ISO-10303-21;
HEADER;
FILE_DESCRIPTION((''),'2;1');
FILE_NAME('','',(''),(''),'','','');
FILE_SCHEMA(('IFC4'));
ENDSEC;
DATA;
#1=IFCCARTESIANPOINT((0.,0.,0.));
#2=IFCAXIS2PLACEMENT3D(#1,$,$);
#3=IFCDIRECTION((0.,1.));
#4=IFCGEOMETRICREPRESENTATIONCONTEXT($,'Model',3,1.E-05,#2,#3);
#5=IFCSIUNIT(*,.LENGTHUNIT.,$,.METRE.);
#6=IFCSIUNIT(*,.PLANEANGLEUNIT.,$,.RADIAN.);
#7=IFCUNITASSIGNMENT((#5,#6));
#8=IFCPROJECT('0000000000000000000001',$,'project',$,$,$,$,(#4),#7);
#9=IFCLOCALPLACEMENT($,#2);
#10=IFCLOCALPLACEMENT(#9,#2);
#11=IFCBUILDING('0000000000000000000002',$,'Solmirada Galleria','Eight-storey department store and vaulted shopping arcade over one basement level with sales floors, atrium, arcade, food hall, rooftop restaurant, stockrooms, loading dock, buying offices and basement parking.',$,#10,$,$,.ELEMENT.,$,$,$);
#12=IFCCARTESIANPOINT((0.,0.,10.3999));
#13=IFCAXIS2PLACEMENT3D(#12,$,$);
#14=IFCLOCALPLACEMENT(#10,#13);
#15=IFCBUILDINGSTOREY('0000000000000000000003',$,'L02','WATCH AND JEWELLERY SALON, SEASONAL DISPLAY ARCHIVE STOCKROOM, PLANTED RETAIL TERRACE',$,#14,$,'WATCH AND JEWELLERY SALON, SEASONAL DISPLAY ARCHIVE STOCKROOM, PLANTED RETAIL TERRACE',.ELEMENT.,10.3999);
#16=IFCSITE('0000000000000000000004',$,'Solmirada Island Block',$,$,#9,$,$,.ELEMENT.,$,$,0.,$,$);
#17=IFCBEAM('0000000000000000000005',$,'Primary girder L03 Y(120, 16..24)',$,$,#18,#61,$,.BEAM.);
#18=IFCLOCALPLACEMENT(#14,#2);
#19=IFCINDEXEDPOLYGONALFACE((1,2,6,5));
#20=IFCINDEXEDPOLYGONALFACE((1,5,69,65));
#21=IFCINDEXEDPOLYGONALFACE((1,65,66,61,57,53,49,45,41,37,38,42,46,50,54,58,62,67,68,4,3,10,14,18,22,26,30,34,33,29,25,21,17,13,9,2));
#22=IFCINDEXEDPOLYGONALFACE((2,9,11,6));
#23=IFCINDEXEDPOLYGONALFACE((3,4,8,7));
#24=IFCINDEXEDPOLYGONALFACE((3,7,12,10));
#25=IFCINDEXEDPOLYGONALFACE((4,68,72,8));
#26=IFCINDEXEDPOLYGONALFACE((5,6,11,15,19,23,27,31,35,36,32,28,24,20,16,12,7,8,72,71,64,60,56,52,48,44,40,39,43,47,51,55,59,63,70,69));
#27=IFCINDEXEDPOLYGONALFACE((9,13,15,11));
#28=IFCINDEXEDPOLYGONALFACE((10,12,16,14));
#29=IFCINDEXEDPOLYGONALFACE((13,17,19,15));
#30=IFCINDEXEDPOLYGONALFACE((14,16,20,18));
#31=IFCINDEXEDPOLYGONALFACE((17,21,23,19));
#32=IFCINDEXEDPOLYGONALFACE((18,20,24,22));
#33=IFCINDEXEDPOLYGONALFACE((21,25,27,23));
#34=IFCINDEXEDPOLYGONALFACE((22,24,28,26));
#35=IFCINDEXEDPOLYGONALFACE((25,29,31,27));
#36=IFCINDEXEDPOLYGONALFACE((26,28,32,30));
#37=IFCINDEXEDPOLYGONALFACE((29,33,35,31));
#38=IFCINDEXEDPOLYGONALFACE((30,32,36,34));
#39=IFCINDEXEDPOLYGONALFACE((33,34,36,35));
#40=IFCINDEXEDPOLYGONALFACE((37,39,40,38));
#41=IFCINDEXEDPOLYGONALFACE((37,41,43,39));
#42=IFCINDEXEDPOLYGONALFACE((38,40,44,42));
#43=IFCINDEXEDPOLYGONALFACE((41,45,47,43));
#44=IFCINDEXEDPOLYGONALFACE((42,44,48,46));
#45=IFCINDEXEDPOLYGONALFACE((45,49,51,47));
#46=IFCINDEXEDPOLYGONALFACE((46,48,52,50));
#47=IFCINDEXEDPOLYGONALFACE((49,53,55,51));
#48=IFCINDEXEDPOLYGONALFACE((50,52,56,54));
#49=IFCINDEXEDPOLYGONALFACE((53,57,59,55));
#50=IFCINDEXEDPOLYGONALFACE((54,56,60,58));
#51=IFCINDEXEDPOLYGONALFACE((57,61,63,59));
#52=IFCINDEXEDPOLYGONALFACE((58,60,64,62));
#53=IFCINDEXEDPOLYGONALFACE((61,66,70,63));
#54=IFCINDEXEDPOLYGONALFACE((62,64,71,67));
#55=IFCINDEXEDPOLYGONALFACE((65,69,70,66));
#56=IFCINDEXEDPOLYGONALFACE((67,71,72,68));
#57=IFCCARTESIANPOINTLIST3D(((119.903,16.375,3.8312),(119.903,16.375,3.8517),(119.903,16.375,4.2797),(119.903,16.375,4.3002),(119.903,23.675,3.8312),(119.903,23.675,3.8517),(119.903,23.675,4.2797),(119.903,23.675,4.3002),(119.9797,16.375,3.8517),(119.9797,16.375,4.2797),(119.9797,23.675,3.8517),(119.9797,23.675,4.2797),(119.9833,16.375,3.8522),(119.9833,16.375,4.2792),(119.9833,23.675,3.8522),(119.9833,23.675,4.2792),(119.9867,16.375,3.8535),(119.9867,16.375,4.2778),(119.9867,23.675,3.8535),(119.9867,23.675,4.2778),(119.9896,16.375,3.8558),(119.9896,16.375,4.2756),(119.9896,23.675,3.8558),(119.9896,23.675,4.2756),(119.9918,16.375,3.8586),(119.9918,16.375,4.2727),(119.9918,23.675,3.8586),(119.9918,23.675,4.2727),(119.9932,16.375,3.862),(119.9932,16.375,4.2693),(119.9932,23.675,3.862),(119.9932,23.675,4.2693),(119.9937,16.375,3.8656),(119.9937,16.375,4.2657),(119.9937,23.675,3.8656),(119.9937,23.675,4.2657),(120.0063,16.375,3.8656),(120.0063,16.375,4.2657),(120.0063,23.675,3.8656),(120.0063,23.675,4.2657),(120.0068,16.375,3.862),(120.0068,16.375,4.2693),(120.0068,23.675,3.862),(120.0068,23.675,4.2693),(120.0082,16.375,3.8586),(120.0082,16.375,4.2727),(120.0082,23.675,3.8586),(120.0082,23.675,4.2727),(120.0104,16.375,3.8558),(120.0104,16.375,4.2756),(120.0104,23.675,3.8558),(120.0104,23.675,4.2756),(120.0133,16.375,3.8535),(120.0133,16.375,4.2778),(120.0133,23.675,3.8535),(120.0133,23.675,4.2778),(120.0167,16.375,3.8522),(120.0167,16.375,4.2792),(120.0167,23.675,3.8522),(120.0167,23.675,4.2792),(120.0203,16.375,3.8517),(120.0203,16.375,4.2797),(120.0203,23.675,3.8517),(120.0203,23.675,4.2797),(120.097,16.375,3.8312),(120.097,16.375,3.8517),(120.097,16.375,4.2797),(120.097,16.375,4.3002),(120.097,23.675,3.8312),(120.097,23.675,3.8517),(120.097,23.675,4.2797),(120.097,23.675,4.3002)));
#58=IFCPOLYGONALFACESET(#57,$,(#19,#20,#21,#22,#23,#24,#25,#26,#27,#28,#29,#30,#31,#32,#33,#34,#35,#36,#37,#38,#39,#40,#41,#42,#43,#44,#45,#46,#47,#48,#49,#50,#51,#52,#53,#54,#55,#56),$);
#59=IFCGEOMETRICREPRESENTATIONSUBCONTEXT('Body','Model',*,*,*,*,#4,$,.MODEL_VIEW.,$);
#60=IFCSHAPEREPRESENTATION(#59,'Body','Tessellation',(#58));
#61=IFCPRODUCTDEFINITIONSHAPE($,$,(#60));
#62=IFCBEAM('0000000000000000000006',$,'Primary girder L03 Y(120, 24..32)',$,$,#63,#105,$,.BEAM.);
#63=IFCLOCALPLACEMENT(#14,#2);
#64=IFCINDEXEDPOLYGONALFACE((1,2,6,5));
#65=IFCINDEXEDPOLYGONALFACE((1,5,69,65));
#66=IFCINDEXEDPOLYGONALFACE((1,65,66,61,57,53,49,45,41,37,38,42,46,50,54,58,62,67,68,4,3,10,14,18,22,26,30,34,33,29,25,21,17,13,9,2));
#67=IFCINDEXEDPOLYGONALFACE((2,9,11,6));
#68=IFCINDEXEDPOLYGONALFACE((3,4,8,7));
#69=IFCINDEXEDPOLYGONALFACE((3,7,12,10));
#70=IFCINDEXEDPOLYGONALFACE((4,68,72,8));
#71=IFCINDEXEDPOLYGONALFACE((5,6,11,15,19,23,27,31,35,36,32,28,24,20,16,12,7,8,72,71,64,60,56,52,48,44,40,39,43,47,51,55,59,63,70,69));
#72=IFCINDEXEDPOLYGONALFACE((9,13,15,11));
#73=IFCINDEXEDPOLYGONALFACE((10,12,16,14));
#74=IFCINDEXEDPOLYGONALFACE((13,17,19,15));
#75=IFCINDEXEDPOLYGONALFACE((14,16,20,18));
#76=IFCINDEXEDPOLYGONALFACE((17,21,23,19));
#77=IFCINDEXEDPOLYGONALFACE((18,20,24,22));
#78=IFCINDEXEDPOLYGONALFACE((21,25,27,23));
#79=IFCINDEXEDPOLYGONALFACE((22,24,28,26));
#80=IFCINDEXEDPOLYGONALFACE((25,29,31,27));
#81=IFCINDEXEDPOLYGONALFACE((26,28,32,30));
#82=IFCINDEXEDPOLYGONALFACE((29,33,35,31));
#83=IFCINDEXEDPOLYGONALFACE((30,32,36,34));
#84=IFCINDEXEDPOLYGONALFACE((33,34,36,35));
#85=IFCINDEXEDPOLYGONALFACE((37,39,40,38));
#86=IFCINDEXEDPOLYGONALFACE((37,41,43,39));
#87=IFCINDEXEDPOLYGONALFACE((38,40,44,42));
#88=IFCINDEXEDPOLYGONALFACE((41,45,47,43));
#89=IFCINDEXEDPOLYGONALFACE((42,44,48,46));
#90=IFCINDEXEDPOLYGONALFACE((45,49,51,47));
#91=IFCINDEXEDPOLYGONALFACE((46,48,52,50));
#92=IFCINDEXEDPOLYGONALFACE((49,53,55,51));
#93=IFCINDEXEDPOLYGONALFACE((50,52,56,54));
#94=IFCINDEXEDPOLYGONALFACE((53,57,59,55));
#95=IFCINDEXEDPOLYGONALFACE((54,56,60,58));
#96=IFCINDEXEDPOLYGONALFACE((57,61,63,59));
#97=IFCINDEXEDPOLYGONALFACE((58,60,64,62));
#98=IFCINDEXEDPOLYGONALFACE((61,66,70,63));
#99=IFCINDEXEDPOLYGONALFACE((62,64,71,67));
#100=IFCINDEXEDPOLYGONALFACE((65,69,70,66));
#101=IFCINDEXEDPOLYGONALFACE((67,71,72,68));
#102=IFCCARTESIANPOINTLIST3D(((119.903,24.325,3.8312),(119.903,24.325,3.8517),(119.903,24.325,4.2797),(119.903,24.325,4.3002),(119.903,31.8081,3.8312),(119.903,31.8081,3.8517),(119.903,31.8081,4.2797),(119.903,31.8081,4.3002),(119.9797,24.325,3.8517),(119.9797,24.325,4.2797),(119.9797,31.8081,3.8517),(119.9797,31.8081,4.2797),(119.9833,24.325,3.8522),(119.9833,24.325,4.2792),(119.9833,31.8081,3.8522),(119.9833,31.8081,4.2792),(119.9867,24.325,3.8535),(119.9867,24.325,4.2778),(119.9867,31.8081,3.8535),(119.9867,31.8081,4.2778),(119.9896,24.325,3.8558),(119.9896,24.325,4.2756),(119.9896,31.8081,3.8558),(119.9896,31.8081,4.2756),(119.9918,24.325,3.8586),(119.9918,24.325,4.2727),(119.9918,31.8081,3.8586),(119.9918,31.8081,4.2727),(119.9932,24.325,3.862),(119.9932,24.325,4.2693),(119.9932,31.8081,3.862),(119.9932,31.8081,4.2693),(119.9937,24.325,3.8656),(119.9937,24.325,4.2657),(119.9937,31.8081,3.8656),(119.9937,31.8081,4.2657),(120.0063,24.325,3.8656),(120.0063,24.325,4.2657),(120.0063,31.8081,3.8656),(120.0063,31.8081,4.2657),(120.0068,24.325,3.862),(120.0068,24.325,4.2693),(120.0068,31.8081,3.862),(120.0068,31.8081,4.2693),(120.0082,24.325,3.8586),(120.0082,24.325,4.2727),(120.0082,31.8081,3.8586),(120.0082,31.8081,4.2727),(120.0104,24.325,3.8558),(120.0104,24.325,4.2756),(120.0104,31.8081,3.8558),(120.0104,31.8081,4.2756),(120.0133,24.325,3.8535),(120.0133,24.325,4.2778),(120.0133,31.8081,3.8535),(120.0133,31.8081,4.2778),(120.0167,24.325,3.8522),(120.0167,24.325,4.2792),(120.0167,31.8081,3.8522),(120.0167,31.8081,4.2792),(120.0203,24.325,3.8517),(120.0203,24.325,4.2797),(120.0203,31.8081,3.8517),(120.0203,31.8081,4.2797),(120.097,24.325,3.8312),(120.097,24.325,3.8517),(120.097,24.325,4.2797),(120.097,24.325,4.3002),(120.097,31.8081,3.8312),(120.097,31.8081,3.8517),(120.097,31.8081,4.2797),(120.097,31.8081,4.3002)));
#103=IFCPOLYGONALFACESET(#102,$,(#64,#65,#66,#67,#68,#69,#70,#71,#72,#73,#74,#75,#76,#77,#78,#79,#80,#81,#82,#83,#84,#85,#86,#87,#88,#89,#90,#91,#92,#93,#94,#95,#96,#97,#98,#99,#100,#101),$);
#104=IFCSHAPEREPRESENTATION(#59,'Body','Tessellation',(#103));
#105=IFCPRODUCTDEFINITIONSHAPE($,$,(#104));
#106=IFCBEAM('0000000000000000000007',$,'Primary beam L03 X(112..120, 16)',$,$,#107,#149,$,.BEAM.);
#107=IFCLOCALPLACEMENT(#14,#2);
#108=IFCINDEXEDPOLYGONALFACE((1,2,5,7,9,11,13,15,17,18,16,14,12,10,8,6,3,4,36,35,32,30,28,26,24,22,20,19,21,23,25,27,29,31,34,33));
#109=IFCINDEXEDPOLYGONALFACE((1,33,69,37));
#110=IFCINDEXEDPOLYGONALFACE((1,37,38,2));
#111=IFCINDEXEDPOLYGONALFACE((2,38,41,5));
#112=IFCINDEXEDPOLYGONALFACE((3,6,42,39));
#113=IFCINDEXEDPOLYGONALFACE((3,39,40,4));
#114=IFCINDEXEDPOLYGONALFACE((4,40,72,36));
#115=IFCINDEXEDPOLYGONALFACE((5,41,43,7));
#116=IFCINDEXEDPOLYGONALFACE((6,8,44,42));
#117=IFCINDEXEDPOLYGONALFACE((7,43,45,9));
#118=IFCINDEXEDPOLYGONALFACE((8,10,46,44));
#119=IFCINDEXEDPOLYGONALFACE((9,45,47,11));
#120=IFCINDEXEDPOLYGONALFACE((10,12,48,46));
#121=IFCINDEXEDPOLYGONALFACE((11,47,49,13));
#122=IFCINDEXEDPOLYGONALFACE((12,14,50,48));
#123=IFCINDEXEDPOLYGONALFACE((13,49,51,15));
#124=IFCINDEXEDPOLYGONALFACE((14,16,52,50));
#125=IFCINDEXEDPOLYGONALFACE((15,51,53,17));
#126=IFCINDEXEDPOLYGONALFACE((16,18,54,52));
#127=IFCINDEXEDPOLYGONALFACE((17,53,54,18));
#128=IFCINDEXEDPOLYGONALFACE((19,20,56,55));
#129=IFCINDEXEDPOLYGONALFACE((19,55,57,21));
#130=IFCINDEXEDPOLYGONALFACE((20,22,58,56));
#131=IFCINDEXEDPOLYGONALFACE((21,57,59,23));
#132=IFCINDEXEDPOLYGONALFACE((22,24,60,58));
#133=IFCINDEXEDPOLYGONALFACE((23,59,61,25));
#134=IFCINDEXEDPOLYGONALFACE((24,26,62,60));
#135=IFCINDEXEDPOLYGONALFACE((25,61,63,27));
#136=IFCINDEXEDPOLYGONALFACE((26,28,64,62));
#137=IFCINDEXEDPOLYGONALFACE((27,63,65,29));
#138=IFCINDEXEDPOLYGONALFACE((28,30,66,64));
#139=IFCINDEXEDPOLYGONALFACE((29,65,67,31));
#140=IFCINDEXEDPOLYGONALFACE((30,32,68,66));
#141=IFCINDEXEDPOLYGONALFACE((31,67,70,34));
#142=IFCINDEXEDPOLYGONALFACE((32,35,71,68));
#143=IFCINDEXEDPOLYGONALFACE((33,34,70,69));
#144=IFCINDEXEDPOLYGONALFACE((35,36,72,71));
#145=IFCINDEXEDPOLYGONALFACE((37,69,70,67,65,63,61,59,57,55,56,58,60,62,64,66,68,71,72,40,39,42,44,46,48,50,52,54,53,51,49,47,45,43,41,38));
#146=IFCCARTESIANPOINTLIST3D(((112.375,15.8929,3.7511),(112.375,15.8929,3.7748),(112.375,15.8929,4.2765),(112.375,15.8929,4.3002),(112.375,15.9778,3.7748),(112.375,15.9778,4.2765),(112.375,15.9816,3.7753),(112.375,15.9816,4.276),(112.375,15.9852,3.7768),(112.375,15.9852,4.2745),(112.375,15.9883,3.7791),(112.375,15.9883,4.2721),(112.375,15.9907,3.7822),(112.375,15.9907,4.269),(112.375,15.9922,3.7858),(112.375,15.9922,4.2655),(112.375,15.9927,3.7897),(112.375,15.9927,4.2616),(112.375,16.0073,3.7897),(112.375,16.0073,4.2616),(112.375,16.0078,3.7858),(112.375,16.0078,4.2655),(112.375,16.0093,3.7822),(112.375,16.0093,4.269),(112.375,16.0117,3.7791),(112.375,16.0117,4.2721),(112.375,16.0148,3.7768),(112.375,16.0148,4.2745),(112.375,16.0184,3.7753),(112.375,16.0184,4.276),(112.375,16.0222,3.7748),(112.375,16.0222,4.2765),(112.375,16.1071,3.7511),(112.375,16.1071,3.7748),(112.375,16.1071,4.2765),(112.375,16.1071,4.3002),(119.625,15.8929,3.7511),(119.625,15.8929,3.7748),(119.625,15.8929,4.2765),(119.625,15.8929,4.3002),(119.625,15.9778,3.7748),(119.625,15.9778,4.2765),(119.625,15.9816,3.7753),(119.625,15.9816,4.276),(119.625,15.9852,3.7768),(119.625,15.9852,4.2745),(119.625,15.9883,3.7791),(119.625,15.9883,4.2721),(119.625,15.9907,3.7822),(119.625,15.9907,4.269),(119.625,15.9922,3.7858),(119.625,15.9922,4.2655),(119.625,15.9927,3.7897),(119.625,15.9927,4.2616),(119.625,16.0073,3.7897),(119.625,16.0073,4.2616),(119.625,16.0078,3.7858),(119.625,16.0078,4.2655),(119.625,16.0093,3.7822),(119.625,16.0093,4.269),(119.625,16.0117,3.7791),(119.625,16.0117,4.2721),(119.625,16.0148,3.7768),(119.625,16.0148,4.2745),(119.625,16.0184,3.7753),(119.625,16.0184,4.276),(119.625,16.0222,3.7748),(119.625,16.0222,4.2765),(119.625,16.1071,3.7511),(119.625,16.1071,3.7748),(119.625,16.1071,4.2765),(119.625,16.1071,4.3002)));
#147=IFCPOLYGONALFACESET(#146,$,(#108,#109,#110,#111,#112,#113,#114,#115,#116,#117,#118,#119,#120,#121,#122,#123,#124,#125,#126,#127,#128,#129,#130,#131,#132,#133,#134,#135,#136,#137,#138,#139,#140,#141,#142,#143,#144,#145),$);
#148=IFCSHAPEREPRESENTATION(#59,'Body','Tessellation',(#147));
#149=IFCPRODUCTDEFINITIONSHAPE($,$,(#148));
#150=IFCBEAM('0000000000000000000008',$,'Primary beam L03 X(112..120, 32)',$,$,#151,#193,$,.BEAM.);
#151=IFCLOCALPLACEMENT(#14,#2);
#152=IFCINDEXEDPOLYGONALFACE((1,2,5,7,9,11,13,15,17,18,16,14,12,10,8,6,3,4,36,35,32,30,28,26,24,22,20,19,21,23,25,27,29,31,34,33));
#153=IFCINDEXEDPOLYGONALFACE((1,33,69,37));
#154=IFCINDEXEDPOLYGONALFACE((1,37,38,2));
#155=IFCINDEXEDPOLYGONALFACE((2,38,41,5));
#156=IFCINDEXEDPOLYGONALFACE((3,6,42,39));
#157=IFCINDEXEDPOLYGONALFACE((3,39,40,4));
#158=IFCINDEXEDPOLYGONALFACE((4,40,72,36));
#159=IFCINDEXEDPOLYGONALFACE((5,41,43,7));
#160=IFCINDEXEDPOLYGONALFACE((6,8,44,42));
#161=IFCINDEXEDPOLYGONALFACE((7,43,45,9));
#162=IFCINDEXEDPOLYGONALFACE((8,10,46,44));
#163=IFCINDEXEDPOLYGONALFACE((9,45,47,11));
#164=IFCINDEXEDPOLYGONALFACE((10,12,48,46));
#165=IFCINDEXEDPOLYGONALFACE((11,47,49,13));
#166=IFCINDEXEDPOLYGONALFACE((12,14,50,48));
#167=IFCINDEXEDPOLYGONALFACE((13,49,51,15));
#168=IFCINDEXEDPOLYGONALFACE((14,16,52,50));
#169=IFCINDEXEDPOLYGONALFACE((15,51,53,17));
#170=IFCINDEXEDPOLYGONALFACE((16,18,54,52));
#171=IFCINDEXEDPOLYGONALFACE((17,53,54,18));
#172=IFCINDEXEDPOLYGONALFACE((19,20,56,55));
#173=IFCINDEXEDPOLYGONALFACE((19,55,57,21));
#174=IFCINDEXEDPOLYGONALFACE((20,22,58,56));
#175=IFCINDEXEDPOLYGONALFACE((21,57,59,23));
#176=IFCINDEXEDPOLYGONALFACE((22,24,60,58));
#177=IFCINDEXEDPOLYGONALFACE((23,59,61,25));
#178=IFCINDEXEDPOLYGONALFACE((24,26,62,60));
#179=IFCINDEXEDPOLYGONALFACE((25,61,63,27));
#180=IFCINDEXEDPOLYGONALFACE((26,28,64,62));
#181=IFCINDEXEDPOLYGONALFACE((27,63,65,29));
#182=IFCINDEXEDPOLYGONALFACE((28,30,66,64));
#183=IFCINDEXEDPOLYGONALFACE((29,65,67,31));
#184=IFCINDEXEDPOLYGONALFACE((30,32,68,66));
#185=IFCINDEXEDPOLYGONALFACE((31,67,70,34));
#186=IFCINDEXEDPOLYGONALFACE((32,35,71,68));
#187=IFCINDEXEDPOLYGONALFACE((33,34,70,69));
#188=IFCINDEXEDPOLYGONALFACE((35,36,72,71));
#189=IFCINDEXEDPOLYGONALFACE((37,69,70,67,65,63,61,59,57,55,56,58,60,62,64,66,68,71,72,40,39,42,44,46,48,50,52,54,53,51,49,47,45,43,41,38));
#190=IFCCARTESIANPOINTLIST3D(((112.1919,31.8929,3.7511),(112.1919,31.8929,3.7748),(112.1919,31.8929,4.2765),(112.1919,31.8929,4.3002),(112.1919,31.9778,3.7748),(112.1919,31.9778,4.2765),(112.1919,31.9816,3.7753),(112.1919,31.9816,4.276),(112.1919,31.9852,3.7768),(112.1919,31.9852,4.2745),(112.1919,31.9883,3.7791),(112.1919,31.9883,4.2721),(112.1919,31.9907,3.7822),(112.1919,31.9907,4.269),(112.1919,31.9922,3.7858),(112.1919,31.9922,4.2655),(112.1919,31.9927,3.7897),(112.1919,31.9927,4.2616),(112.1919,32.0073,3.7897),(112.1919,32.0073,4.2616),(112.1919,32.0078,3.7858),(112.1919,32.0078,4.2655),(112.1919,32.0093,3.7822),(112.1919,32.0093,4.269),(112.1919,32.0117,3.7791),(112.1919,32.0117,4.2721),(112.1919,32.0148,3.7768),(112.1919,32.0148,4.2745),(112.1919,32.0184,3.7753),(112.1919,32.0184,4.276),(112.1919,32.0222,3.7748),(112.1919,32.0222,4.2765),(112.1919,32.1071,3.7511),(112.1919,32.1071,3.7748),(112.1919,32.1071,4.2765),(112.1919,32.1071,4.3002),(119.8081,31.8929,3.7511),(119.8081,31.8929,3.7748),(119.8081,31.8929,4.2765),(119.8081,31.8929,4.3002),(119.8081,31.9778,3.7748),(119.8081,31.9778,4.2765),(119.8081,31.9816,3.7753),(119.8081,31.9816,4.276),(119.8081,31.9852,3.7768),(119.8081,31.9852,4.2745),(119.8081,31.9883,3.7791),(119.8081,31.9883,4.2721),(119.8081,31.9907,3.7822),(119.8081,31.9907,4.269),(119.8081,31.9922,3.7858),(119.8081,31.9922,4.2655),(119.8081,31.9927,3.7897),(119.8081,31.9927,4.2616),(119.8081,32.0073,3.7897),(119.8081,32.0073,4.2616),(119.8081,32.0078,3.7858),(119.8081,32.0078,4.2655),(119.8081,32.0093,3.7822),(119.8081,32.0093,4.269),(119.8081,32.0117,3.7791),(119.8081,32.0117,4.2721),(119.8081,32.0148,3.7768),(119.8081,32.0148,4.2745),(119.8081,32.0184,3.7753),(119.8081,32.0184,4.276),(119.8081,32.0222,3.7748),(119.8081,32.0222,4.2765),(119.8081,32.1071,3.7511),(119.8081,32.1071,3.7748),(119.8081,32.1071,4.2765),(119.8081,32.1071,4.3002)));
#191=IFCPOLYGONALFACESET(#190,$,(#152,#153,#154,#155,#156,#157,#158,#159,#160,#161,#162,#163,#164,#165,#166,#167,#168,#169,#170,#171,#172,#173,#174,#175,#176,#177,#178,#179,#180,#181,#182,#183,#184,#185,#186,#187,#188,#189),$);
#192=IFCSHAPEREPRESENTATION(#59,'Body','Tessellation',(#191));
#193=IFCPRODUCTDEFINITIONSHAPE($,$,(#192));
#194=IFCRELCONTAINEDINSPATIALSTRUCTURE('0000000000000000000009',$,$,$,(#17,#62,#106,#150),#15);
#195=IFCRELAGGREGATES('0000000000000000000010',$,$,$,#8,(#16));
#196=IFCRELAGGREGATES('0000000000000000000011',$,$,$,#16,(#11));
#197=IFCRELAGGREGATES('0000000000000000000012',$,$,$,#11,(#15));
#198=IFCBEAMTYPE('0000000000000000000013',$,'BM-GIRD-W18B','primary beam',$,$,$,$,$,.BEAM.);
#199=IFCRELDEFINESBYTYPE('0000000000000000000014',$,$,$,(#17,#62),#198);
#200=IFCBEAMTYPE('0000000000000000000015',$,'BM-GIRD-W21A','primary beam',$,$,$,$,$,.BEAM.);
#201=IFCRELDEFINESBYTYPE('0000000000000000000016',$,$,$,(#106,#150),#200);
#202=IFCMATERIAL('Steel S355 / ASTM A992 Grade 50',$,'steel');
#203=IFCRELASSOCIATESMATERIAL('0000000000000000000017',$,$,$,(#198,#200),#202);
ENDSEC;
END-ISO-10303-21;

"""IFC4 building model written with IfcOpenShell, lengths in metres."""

from ifc_helpers import new_model, si_unit, direction, frame, origin, origin_2d, place, context, subcontext, project, spatial, i_section, extrude, material, material_profile, profile_set, type_object, element, save


model = new_model("IFC4")

# Units and contexts
model_context = context("Model", 3, precision=1e-05, world=origin(), true_north=direction((0.0, 1.0)))
body_context = subcontext(model_context, "Body", "Model", "MODEL_VIEW")
ifc_project = project(units=[si_unit("LENGTHUNIT", "METRE"), si_unit("PLANEANGLEUNIT", "RADIAN")], contexts=[model_context])

# Site, building, storey
site_placement = place(None, origin())
site = spatial("IfcSite", under=ifc_project, at=site_placement, Name="Solmirada Island Block", CompositionType="ELEMENT", RefElevation=0.0)
building_placement = place(site_placement, origin())
building = spatial("IfcBuilding", under=site, at=building_placement, Name="Solmirada Galleria", Description="Eight-storey department store and vaulted shopping arcade over one basement level with sales floors, atrium, arcade, food hall, rooftop restaurant, stockrooms, loading dock, buying offices and basement parking.", CompositionType="ELEMENT")
storey_placement = place(building_placement, frame((0.0, 0.0, 10.3999)))
storey = spatial("IfcBuildingStorey", under=building, at=storey_placement, Name="L02", Description="WATCH AND JEWELLERY SALON, SEASONAL DISPLAY ARCHIVE STOCKROOM, PLANTED RETAIL TERRACE", LongName="WATCH AND JEWELLERY SALON, SEASONAL DISPLAY ARCHIVE STOCKROOM, PLANTED RETAIL TERRACE", CompositionType="ELEMENT", Elevation=10.3999)

# Beams
ifc_material_1 = material(Name="Steel S355 / ASTM A992 Grade 50", Category="steel")
ifc_material_profile_1 = material_profile(ifc_material_1, i_section(OverallWidth=0.1941, OverallDepth=0.469, WebThickness=0.0127, FlangeThickness=0.0205, FilletRadius=0.0139, at=origin_2d()), Name="W18X71")
ifc_profile_set_1 = profile_set([ifc_material_profile_1], Name="Steel S355 / ASTM A992 Grade 50")
beam_type_1 = type_object("IfcBeamType", Name="BM-GIRD-W18B", Description="primary beam", PredefinedType="BEAM", material=ifc_profile_set_1)
beam_1_placement = place(storey_placement, frame((120.0, 16.375, 4.0657), z_axis=(0.0, 1.0, 0.0), x_axis=(-1.0, 0.0, 0.0)))
element("IfcBeam", 1, at=beam_1_placement, inside=storey, type_object=beam_type_1, Name="Primary girder L03 Y(120, 16..24)", PredefinedType="BEAM", context=body_context, shape_type="SweptSolid", body=[
    extrude(i_section(OverallWidth=0.1941, OverallDepth=0.469, WebThickness=0.0127, FlangeThickness=0.0205, FilletRadius=0.0139, at=origin_2d()), origin(), (0.0, 0.0, 1.0), 7.3),
])
beam_2_placement = place(storey_placement, frame((120.0, 24.325, 4.0657), z_axis=(0.0, 1.0, 0.0), x_axis=(-1.0, 0.0, 0.0)))
element("IfcBeam", 2, at=beam_2_placement, inside=storey, type_object=beam_type_1, Name="Primary girder L03 Y(120, 24..32)", PredefinedType="BEAM", context=body_context, shape_type="SweptSolid", body=[
    extrude(i_section(OverallWidth=0.1941, OverallDepth=0.469, WebThickness=0.0127, FlangeThickness=0.0205, FilletRadius=0.0139, at=origin_2d()), origin(), (0.0, 0.0, 1.0), 7.4832),
])
ifc_material_profile_2 = material_profile(ifc_material_1, i_section(OverallWidth=0.2141, OverallDepth=0.5491, WebThickness=0.0146, FlangeThickness=0.0237, FilletRadius=0.0149, at=origin_2d()), Name="W21X93")
ifc_profile_set_2 = profile_set([ifc_material_profile_2], Name="Steel S355 / ASTM A992 Grade 50")
beam_type_2 = type_object("IfcBeamType", Name="BM-GIRD-W21A", Description="primary beam", PredefinedType="BEAM", material=ifc_profile_set_2)
beam_3_placement = place(storey_placement, frame((112.375, 16.0, 4.0256), z_axis=(1.0, 0.0, 0.0), x_axis=(0.0, 1.0, 0.0)))
element("IfcBeam", 3, at=beam_3_placement, inside=storey, type_object=beam_type_2, Name="Primary beam L03 X(112..120, 16)", PredefinedType="BEAM", context=body_context, shape_type="SweptSolid", body=[
    extrude(i_section(OverallWidth=0.2141, OverallDepth=0.5491, WebThickness=0.0146, FlangeThickness=0.0237, FilletRadius=0.0149, at=origin_2d()), origin(), (0.0, 0.0, 1.0), 7.25),
])
beam_4_placement = place(storey_placement, frame((112.1919, 32.0, 4.0256), z_axis=(1.0, 0.0, 0.0), x_axis=(0.0, 1.0, 0.0)))
element("IfcBeam", 4, at=beam_4_placement, inside=storey, type_object=beam_type_2, Name="Primary beam L03 X(112..120, 32)", PredefinedType="BEAM", context=body_context, shape_type="SweptSolid", body=[
    extrude(i_section(OverallWidth=0.2141, OverallDepth=0.5491, WebThickness=0.0146, FlangeThickness=0.0237, FilletRadius=0.0149, at=origin_2d()), origin(), (0.0, 0.0, 1.0), 7.6162),
])

save(model, "model.ifc")
